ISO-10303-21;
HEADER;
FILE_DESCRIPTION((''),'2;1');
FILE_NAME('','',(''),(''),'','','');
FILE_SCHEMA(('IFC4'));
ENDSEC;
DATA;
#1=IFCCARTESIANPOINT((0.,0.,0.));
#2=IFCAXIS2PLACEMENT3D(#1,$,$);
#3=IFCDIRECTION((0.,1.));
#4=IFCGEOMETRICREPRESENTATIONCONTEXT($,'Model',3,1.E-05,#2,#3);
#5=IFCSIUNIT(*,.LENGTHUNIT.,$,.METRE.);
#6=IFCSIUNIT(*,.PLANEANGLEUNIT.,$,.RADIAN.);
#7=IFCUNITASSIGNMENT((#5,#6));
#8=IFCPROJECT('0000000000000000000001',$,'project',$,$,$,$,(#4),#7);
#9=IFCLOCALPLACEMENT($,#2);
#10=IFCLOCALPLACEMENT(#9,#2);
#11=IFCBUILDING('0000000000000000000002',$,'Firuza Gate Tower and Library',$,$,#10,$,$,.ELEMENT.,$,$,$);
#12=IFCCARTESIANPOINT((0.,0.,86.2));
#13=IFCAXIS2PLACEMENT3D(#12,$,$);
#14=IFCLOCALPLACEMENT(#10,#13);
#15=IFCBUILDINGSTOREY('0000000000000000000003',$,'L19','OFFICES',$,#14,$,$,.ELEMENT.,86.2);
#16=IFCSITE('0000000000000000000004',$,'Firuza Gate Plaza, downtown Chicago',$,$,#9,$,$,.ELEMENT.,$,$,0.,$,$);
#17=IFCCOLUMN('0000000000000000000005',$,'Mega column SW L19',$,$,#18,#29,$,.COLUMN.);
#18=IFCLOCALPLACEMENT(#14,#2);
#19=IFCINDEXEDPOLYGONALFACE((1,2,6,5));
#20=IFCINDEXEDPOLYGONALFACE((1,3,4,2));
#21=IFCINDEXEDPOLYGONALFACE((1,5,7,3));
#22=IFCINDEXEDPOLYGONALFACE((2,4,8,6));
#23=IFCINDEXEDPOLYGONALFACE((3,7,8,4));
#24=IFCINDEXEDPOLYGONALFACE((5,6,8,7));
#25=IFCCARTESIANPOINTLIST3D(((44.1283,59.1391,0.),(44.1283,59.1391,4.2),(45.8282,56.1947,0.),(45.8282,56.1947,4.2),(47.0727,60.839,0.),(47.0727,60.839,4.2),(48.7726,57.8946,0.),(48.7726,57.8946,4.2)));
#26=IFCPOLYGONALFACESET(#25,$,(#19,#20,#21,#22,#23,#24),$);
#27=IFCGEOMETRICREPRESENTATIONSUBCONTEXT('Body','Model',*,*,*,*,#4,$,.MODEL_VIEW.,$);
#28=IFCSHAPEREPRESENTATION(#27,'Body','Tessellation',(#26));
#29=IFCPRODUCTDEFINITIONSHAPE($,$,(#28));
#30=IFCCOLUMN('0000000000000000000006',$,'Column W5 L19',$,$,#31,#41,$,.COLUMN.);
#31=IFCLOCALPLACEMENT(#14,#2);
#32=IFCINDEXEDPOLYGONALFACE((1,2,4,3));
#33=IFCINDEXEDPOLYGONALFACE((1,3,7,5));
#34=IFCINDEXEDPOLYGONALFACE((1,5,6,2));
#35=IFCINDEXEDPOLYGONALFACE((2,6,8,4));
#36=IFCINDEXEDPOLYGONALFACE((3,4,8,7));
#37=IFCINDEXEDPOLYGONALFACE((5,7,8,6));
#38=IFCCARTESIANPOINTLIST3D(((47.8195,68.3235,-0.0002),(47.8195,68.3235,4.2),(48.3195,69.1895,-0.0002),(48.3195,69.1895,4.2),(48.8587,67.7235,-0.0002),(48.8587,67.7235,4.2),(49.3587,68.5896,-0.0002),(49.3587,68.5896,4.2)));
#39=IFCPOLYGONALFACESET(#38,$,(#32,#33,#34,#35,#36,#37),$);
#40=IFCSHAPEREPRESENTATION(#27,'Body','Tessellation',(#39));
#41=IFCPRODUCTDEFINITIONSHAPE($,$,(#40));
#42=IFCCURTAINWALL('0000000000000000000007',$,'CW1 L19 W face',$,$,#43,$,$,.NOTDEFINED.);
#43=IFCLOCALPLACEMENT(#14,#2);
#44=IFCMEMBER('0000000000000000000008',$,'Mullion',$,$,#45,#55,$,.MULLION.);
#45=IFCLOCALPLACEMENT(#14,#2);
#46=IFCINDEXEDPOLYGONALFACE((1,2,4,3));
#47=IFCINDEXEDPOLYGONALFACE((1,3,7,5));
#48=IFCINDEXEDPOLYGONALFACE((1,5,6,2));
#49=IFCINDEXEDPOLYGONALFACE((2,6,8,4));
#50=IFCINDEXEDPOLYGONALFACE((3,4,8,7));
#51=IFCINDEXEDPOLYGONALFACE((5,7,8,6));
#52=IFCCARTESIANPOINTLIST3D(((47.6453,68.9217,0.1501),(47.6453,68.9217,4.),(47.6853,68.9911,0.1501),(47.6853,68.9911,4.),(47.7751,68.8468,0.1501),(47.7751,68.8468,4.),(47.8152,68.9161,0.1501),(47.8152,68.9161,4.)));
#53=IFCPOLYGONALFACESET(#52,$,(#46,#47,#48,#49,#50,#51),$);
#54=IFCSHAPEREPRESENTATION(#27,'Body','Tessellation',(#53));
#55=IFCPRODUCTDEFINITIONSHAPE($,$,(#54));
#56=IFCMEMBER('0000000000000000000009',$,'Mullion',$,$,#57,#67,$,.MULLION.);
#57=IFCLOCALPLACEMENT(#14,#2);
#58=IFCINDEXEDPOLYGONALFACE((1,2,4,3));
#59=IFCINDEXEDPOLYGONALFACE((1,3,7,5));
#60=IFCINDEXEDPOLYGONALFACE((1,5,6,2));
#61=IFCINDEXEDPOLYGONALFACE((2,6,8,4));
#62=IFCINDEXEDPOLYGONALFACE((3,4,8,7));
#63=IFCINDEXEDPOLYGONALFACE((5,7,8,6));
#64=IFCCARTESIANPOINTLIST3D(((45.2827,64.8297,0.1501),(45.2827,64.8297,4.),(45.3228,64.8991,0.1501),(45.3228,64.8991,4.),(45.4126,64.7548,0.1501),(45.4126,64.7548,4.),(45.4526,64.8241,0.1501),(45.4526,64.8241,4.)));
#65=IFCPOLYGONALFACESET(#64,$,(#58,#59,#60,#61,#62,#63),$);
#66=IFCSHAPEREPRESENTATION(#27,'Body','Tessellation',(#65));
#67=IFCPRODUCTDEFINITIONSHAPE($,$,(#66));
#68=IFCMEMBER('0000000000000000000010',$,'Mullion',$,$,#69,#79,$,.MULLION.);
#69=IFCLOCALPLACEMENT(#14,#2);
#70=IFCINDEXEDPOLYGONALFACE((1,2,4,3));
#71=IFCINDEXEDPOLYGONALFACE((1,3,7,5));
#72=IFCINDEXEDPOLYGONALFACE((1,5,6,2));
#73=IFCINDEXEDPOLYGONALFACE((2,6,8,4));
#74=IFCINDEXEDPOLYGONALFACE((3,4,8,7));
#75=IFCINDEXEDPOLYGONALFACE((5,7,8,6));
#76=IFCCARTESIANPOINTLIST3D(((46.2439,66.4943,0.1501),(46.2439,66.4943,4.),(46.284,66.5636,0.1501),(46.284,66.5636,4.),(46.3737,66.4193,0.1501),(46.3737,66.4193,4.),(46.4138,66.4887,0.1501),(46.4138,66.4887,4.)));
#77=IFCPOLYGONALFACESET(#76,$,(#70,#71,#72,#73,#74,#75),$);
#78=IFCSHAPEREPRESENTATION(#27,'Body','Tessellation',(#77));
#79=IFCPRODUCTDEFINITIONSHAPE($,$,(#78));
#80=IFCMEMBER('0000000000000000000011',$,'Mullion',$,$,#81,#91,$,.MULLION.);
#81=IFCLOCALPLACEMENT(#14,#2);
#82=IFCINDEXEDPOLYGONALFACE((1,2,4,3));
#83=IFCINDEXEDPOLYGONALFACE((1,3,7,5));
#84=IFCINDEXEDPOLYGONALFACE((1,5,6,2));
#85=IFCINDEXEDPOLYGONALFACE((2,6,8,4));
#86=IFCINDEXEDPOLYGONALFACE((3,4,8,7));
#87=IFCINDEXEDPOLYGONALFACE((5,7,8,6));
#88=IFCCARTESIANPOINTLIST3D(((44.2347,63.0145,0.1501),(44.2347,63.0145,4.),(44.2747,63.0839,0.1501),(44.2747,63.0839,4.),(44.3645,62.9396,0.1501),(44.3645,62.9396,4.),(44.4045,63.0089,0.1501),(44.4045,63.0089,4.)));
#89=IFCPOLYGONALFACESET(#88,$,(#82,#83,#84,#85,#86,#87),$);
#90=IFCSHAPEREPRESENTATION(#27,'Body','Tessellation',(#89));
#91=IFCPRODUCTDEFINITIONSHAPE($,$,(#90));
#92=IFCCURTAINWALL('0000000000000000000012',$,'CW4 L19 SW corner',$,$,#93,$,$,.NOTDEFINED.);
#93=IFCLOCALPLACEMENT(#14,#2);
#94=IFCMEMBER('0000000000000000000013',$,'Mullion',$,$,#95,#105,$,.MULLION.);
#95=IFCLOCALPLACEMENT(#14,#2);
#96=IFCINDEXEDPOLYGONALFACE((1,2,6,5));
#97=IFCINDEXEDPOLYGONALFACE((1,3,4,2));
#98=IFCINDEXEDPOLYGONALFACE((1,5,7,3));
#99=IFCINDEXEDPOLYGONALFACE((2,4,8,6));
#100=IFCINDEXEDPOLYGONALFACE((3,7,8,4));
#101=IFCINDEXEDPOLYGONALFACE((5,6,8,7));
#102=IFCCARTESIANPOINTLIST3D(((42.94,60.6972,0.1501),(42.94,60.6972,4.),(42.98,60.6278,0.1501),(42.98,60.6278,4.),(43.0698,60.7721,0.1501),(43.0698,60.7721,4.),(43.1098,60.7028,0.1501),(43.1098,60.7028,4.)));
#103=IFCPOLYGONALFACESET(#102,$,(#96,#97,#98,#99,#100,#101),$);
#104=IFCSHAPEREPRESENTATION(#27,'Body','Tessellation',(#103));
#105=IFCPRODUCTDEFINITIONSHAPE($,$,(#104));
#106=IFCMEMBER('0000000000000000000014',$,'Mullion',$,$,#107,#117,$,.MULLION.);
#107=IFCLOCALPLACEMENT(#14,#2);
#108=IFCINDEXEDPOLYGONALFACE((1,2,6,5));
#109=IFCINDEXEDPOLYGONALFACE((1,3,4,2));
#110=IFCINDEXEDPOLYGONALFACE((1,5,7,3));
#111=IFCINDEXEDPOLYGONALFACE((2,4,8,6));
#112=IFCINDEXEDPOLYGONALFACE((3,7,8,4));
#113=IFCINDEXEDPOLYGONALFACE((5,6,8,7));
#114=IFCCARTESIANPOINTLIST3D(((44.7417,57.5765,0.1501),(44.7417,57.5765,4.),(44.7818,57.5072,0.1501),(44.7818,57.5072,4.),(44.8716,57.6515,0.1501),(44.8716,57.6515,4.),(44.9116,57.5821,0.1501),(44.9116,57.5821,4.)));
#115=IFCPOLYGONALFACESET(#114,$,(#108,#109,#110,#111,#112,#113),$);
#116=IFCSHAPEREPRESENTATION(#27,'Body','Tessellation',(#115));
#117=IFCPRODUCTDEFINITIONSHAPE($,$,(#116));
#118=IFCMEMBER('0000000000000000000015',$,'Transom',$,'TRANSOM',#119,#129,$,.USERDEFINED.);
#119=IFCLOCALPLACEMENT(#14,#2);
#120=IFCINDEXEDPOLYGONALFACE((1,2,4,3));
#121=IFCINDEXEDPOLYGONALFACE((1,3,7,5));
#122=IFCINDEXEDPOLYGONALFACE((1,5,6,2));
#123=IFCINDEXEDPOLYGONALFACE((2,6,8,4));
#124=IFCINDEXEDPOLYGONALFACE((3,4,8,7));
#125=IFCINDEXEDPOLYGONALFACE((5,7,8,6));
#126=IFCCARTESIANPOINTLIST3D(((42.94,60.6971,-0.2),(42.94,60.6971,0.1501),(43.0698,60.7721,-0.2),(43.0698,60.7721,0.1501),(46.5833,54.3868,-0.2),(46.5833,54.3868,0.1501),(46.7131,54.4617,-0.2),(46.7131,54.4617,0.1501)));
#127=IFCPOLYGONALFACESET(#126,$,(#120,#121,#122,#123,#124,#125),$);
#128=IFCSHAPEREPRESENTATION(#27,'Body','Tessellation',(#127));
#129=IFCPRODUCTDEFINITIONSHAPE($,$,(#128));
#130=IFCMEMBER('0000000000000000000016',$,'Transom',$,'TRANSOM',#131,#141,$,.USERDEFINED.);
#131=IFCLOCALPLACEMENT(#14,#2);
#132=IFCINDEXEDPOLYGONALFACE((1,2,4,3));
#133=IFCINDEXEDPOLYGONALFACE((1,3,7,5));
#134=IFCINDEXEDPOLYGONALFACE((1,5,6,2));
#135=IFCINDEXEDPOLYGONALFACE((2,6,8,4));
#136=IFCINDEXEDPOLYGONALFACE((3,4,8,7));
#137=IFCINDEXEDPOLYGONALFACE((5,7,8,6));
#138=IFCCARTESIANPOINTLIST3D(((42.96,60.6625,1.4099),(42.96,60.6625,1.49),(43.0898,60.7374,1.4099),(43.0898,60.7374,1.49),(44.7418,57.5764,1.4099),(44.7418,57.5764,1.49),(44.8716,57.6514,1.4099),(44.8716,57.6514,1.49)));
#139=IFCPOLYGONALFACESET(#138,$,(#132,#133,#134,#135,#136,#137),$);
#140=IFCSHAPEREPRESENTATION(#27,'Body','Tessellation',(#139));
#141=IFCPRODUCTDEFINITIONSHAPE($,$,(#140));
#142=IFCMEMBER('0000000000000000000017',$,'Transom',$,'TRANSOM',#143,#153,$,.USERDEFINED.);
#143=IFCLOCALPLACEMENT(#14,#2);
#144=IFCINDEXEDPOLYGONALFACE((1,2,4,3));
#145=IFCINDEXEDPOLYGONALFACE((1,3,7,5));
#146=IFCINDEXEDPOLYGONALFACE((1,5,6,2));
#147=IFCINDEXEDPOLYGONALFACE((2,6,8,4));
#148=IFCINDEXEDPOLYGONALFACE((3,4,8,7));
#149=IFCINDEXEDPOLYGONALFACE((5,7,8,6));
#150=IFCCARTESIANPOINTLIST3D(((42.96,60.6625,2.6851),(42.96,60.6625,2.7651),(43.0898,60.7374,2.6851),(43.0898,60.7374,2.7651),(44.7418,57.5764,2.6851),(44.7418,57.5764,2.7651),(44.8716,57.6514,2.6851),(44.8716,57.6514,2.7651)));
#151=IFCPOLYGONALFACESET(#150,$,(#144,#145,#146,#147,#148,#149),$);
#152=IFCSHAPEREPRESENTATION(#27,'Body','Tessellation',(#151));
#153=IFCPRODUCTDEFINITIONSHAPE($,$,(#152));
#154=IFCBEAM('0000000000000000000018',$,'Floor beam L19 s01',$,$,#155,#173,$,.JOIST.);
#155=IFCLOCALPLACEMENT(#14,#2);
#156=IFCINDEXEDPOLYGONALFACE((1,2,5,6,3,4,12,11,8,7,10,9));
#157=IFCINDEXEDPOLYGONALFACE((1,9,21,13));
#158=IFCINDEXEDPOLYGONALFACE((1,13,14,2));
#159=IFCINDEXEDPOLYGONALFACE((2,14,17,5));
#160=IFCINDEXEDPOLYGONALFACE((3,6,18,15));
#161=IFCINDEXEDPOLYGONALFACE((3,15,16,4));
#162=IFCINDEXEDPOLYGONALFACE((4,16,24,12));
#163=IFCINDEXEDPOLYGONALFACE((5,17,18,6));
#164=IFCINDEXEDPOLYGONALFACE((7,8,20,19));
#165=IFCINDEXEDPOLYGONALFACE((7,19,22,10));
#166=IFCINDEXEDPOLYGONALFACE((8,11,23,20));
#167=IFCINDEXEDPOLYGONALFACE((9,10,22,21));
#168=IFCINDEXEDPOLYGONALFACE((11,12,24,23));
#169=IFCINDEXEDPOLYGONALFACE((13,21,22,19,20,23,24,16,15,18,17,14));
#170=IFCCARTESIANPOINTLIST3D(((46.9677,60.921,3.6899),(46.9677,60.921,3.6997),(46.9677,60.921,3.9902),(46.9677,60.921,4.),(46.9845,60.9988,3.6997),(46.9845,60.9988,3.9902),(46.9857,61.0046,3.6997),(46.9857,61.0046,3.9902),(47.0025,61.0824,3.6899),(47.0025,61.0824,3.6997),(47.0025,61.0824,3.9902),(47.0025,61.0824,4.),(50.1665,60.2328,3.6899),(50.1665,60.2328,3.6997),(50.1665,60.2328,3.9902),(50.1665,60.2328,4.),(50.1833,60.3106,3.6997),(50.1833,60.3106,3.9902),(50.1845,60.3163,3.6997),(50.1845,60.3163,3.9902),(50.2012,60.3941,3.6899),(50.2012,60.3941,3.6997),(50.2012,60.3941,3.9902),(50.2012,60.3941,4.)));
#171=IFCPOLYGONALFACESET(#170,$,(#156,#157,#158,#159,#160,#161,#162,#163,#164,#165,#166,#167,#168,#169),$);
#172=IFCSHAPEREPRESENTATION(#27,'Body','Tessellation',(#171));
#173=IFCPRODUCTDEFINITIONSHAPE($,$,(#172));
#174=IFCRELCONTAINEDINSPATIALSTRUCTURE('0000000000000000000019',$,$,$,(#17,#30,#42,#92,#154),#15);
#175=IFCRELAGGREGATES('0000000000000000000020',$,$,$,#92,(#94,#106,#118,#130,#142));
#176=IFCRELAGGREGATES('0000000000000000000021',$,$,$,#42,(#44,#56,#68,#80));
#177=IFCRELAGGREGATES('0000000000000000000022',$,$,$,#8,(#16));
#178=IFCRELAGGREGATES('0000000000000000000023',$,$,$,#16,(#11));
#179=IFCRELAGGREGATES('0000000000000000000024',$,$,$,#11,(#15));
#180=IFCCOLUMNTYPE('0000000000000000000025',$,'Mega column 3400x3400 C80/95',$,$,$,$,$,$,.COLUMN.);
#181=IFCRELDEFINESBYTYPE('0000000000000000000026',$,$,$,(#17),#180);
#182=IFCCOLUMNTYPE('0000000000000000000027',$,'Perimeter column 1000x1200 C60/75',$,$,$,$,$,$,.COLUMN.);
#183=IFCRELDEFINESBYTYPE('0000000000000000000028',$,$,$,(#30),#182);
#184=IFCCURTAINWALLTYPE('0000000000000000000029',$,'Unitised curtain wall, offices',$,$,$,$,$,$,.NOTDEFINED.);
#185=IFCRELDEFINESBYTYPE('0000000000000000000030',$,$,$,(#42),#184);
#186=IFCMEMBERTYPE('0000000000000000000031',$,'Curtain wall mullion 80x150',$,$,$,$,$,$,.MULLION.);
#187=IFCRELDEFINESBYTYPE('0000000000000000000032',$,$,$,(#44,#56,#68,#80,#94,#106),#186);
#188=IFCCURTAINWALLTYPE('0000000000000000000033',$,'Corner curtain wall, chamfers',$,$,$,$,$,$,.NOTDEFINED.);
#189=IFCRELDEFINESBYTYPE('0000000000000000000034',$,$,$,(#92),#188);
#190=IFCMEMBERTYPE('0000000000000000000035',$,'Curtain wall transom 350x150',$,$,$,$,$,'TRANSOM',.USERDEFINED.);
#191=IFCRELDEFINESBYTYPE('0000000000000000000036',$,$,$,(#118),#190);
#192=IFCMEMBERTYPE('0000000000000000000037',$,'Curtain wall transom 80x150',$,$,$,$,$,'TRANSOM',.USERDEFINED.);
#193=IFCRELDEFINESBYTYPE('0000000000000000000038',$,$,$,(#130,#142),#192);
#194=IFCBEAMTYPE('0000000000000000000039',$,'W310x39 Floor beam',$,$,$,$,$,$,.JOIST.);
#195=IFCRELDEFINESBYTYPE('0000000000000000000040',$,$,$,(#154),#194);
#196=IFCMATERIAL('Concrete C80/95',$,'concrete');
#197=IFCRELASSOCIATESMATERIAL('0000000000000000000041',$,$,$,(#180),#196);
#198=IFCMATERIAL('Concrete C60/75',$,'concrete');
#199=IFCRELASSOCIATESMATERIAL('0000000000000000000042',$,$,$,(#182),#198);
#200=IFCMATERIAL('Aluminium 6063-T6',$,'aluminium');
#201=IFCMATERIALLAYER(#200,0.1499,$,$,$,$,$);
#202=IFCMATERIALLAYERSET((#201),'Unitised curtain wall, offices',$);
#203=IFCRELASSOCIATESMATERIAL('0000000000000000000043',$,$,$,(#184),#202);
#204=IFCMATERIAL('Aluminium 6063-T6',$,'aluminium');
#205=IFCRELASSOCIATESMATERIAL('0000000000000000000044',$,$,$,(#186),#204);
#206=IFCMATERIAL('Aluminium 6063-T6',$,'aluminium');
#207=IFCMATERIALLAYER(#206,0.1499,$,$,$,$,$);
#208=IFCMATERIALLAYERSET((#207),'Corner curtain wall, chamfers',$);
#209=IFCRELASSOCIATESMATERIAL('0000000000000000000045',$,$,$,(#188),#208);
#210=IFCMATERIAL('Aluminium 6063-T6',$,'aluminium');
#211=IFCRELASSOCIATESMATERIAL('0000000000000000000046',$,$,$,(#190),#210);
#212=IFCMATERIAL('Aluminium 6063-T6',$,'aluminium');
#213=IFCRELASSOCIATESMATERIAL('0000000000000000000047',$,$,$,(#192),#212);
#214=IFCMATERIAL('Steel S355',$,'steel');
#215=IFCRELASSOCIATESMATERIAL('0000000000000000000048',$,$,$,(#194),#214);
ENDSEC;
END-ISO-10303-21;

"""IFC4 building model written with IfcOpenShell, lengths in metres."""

from ifc_helpers import new_model, si_unit, direction, frame, origin, origin_2d, place, context, subcontext, project, spatial, rectangle, i_section, extrude, material, layer, layer_set, material_profile, profile_set, type_object, element, aggregate, save


model = new_model("IFC4")

# Units and contexts
model_context = context("Model", 3, precision=1e-05, world=origin(), true_north=direction((0.0, 1.0)))
body_context = subcontext(model_context, "Body", "Model", "MODEL_VIEW")
ifc_project = project(units=[si_unit("LENGTHUNIT", "METRE"), si_unit("PLANEANGLEUNIT", "RADIAN")], contexts=[model_context])

# Site, building, storey
site_placement = place(None, origin())
site = spatial("IfcSite", under=ifc_project, at=site_placement, Name="Firuza Gate Plaza, downtown Chicago", CompositionType="ELEMENT", RefElevation=0.0)
building_placement = place(site_placement, origin())
building = spatial("IfcBuilding", under=site, at=building_placement, Name="Firuza Gate Tower and Library", CompositionType="ELEMENT")
storey_placement = place(building_placement, frame((0.0, 0.0, 86.2)))
storey = spatial("IfcBuildingStorey", under=building, at=storey_placement, Name="L19", Description="OFFICES", CompositionType="ELEMENT", Elevation=86.2)

# Columns
ifc_material_1 = material(Name="Concrete C80/95", Category="concrete")
ifc_material_profile_1 = material_profile(ifc_material_1, rectangle(XDim=3.3999, YDim=3.3999, at=origin_2d()))
ifc_profile_set_1 = profile_set([ifc_material_profile_1], Name="Concrete C80/95")
column_type_1 = type_object("IfcColumnType", Name="Mega column 3400x3400 C80/95", PredefinedType="COLUMN", material=ifc_profile_set_1)
column_1_placement = place(storey_placement, frame((46.4504, 58.5168, 0.0), z_axis=(0.0, 0.0, 1.0), x_axis=(0.5, -0.866025, 0.0)))
element("IfcColumn", 1, at=column_1_placement, inside=storey, type_object=column_type_1, Name="Mega column SW L19", PredefinedType="COLUMN", context=body_context, shape_type="SweptSolid", body=[
    extrude(rectangle(XDim=3.3999, YDim=3.3999, at=origin_2d()), origin(), (0.0, 0.0, 1.0), 4.2),
])
ifc_material_2 = material(Name="Concrete C60/75", Category="concrete")
ifc_material_profile_2 = material_profile(ifc_material_2, rectangle(XDim=1.0, YDim=1.2, at=origin_2d()))
ifc_profile_set_2 = profile_set([ifc_material_profile_2], Name="Concrete C60/75")
column_type_2 = type_object("IfcColumnType", Name="Perimeter column 1000x1200 C60/75", PredefinedType="COLUMN", material=ifc_profile_set_2)
column_2_placement = place(storey_placement, frame((48.5891, 68.4565, -0.0002), z_axis=(0.0, 0.0, 1.0), x_axis=(-0.5, -0.866025, 0.0)))
element("IfcColumn", 2, at=column_2_placement, inside=storey, type_object=column_type_2, Name="Column W5 L19", PredefinedType="COLUMN", context=body_context, shape_type="SweptSolid", body=[
    extrude(rectangle(XDim=1.0, YDim=1.2, at=origin_2d()), origin(), (0.0, 0.0, 1.0), 4.2002),
])

# Curtain walls, members
ifc_material_3 = material(Name="Aluminium 6063-T6", Category="aluminium")
ifc_layer_1 = layer(ifc_material_3, 0.1499)
ifc_layer_set_1 = layer_set([ifc_layer_1], Name="Unitised curtain wall, offices")
curtain_wall_type_1 = type_object("IfcCurtainWallType", Name="Unitised curtain wall, offices", PredefinedType="NOTDEFINED", material=ifc_layer_set_1)
placement = place(storey_placement, origin())
curtain_wall_1 = element("IfcCurtainWall", 3, at=placement, inside=storey, type_object=curtain_wall_type_1, Name="CW1 L19 W face", PredefinedType="NOTDEFINED")
ifc_material_4 = material(Name="Aluminium 6063-T6", Category="aluminium")
ifc_material_profile_3 = material_profile(ifc_material_4, rectangle(XDim=0.1499, YDim=0.0801, at=origin_2d()))
ifc_profile_set_3 = profile_set([ifc_material_profile_3], Name="Aluminium 6063-T6")
member_type_1 = type_object("IfcMemberType", Name="Curtain wall mullion 80x150", PredefinedType="MULLION", material=ifc_profile_set_3)
member_1_placement = place(storey_placement, frame((47.7302, 68.9189, 0.1501), z_axis=(0.0, 0.0, 1.0), x_axis=(0.866025, -0.5, 0.0)))
member_1 = element("IfcMember", 4, at=member_1_placement, type_object=member_type_1, Name="Mullion", PredefinedType="MULLION", context=body_context, shape_type="SweptSolid", body=[
    extrude(rectangle(XDim=0.1499, YDim=0.0801, at=origin_2d()), origin(), (0.0, 0.0, 1.0), 3.8499),
])
member_2_placement = place(storey_placement, frame((45.3677, 64.8269, 0.1501), z_axis=(0.0, 0.0, 1.0), x_axis=(0.866025, -0.5, 0.0)))
member_2 = element("IfcMember", 5, at=member_2_placement, type_object=member_type_1, Name="Mullion", PredefinedType="MULLION", context=body_context, shape_type="SweptSolid", body=[
    extrude(rectangle(XDim=0.1499, YDim=0.0801, at=origin_2d()), origin(), (0.0, 0.0, 1.0), 3.8499),
])
member_3_placement = place(storey_placement, frame((46.3289, 66.4915, 0.1501), z_axis=(0.0, 0.0, 1.0), x_axis=(0.866025, -0.5, 0.0)))
member_3 = element("IfcMember", 6, at=member_3_placement, type_object=member_type_1, Name="Mullion", PredefinedType="MULLION", context=body_context, shape_type="SweptSolid", body=[
    extrude(rectangle(XDim=0.1499, YDim=0.0801, at=origin_2d()), origin(), (0.0, 0.0, 1.0), 3.8499),
])
member_4_placement = place(storey_placement, frame((44.3196, 63.0117, 0.1501), z_axis=(0.0, 0.0, 1.0), x_axis=(0.866025, -0.5, 0.0)))
member_4 = element("IfcMember", 7, at=member_4_placement, type_object=member_type_1, Name="Mullion", PredefinedType="MULLION", context=body_context, shape_type="SweptSolid", body=[
    extrude(rectangle(XDim=0.1499, YDim=0.0801, at=origin_2d()), origin(), (0.0, 0.0, 1.0), 3.8499),
])
ifc_material_5 = material(Name="Aluminium 6063-T6", Category="aluminium")
ifc_layer_2 = layer(ifc_material_5, 0.1499)
ifc_layer_set_2 = layer_set([ifc_layer_2], Name="Corner curtain wall, chamfers")
curtain_wall_type_2 = type_object("IfcCurtainWallType", Name="Corner curtain wall, chamfers", PredefinedType="NOTDEFINED", material=ifc_layer_set_2)
curtain_wall_2 = element("IfcCurtainWall", 8, at=placement, inside=storey, type_object=curtain_wall_type_2, Name="CW4 L19 SW corner", PredefinedType="NOTDEFINED")
member_5_placement = place(storey_placement, frame((43.0249, 60.7, 0.1501), z_axis=(0.0, 0.0, 1.0), x_axis=(0.866025, 0.5, 0.0)))
member_5 = element("IfcMember", 9, at=member_5_placement, type_object=member_type_1, Name="Mullion", PredefinedType="MULLION", context=body_context, shape_type="SweptSolid", body=[
    extrude(rectangle(XDim=0.1499, YDim=0.0801, at=origin_2d()), origin(), (0.0, 0.0, 1.0), 3.8499),
])
member_6_placement = place(storey_placement, frame((44.8267, 57.5793, 0.1501), z_axis=(0.0, 0.0, 1.0), x_axis=(0.866025, 0.5, 0.0)))
member_6 = element("IfcMember", 10, at=member_6_placement, type_object=member_type_1, Name="Mullion", PredefinedType="MULLION", context=body_context, shape_type="SweptSolid", body=[
    extrude(rectangle(XDim=0.1499, YDim=0.0801, at=origin_2d()), origin(), (0.0, 0.0, 1.0), 3.8499),
])
ifc_material_6 = material(Name="Aluminium 6063-T6", Category="aluminium")
ifc_material_profile_4 = material_profile(ifc_material_6, rectangle(XDim=0.1499, YDim=0.3501, at=origin_2d()))
ifc_profile_set_4 = profile_set([ifc_material_profile_4], Name="Aluminium 6063-T6")
member_type_2 = type_object("IfcMemberType", Name="Curtain wall transom 350x150", ElementType="TRANSOM", PredefinedType="USERDEFINED", material=ifc_profile_set_4)
member_7_placement = place(storey_placement, frame((43.0049, 60.7346, -0.0249), z_axis=(0.500006, -0.866022, 0.0), x_axis=(0.866022, 0.500006, 0.0)))
member_7 = element("IfcMember", 11, at=member_7_placement, type_object=member_type_2, Name="Transom", ObjectType="TRANSOM", PredefinedType="USERDEFINED", context=body_context, shape_type="SweptSolid", body=[
    extrude(rectangle(XDim=0.1499, YDim=0.3501, at=origin_2d()), origin(), (0.0, 0.0, 1.0), 7.2866),
])
ifc_material_7 = material(Name="Aluminium 6063-T6", Category="aluminium")
ifc_material_profile_5 = material_profile(ifc_material_7, rectangle(XDim=0.1499, YDim=0.0801, at=origin_2d()))
ifc_profile_set_5 = profile_set([ifc_material_profile_5], Name="Aluminium 6063-T6")
member_type_3 = type_object("IfcMemberType", Name="Curtain wall transom 80x150", ElementType="TRANSOM", PredefinedType="USERDEFINED", material=ifc_profile_set_5)
member_8_placement = place(storey_placement, frame((43.0249, 60.7, 1.45), z_axis=(0.500015, -0.866017, 0.0), x_axis=(0.866017, 0.500015, 0.0)))
member_8 = element("IfcMember", 12, at=member_8_placement, type_object=member_type_3, Name="Transom", ObjectType="TRANSOM", PredefinedType="USERDEFINED", context=body_context, shape_type="SweptSolid", body=[
    extrude(rectangle(XDim=0.1499, YDim=0.0801, at=origin_2d()), origin(), (0.0, 0.0, 1.0), 3.5635),
])
member_9_placement = place(storey_placement, frame((43.0249, 60.7, 2.7251), z_axis=(0.500015, -0.866017, 0.0), x_axis=(0.866017, 0.500015, 0.0)))
member_9 = element("IfcMember", 13, at=member_9_placement, type_object=member_type_3, Name="Transom", ObjectType="TRANSOM", PredefinedType="USERDEFINED", context=body_context, shape_type="SweptSolid", body=[
    extrude(rectangle(XDim=0.1499, YDim=0.0801, at=origin_2d()), origin(), (0.0, 0.0, 1.0), 3.5635),
])

# Beam
ifc_material_8 = material(Name="Steel S355", Category="steel")
ifc_material_profile_6 = material_profile(ifc_material_8, i_section(OverallWidth=0.165, OverallDepth=0.3101, WebThickness=0.0059, FlangeThickness=0.0098, at=origin_2d()))
ifc_profile_set_6 = profile_set([ifc_material_profile_6], Name="Steel S355")
beam_type_1 = type_object("IfcBeamType", Name="W310x39 Floor beam", PredefinedType="JOIST", material=ifc_profile_set_6)
beam_1_placement = place(storey_placement, frame((46.9851, 61.0017, 3.845), z_axis=(0.977627, -0.210344, 0.0), x_axis=(0.210344, 0.977627, 0.0)))
element("IfcBeam", 14, at=beam_1_placement, inside=storey, type_object=beam_type_1, Name="Floor beam L19 s01", PredefinedType="JOIST", context=body_context, shape_type="SweptSolid", body=[
    extrude(i_section(OverallWidth=0.165, OverallDepth=0.3101, WebThickness=0.0059, FlangeThickness=0.0098, at=origin_2d()), origin(), (0.0, 0.0, 1.0), 3.272),
])

aggregate(curtain_wall_2, [member_5, member_6, member_7, member_8, member_9])
aggregate(curtain_wall_1, [member_1, member_2, member_3, member_4])

save(model, "model.ifc")
